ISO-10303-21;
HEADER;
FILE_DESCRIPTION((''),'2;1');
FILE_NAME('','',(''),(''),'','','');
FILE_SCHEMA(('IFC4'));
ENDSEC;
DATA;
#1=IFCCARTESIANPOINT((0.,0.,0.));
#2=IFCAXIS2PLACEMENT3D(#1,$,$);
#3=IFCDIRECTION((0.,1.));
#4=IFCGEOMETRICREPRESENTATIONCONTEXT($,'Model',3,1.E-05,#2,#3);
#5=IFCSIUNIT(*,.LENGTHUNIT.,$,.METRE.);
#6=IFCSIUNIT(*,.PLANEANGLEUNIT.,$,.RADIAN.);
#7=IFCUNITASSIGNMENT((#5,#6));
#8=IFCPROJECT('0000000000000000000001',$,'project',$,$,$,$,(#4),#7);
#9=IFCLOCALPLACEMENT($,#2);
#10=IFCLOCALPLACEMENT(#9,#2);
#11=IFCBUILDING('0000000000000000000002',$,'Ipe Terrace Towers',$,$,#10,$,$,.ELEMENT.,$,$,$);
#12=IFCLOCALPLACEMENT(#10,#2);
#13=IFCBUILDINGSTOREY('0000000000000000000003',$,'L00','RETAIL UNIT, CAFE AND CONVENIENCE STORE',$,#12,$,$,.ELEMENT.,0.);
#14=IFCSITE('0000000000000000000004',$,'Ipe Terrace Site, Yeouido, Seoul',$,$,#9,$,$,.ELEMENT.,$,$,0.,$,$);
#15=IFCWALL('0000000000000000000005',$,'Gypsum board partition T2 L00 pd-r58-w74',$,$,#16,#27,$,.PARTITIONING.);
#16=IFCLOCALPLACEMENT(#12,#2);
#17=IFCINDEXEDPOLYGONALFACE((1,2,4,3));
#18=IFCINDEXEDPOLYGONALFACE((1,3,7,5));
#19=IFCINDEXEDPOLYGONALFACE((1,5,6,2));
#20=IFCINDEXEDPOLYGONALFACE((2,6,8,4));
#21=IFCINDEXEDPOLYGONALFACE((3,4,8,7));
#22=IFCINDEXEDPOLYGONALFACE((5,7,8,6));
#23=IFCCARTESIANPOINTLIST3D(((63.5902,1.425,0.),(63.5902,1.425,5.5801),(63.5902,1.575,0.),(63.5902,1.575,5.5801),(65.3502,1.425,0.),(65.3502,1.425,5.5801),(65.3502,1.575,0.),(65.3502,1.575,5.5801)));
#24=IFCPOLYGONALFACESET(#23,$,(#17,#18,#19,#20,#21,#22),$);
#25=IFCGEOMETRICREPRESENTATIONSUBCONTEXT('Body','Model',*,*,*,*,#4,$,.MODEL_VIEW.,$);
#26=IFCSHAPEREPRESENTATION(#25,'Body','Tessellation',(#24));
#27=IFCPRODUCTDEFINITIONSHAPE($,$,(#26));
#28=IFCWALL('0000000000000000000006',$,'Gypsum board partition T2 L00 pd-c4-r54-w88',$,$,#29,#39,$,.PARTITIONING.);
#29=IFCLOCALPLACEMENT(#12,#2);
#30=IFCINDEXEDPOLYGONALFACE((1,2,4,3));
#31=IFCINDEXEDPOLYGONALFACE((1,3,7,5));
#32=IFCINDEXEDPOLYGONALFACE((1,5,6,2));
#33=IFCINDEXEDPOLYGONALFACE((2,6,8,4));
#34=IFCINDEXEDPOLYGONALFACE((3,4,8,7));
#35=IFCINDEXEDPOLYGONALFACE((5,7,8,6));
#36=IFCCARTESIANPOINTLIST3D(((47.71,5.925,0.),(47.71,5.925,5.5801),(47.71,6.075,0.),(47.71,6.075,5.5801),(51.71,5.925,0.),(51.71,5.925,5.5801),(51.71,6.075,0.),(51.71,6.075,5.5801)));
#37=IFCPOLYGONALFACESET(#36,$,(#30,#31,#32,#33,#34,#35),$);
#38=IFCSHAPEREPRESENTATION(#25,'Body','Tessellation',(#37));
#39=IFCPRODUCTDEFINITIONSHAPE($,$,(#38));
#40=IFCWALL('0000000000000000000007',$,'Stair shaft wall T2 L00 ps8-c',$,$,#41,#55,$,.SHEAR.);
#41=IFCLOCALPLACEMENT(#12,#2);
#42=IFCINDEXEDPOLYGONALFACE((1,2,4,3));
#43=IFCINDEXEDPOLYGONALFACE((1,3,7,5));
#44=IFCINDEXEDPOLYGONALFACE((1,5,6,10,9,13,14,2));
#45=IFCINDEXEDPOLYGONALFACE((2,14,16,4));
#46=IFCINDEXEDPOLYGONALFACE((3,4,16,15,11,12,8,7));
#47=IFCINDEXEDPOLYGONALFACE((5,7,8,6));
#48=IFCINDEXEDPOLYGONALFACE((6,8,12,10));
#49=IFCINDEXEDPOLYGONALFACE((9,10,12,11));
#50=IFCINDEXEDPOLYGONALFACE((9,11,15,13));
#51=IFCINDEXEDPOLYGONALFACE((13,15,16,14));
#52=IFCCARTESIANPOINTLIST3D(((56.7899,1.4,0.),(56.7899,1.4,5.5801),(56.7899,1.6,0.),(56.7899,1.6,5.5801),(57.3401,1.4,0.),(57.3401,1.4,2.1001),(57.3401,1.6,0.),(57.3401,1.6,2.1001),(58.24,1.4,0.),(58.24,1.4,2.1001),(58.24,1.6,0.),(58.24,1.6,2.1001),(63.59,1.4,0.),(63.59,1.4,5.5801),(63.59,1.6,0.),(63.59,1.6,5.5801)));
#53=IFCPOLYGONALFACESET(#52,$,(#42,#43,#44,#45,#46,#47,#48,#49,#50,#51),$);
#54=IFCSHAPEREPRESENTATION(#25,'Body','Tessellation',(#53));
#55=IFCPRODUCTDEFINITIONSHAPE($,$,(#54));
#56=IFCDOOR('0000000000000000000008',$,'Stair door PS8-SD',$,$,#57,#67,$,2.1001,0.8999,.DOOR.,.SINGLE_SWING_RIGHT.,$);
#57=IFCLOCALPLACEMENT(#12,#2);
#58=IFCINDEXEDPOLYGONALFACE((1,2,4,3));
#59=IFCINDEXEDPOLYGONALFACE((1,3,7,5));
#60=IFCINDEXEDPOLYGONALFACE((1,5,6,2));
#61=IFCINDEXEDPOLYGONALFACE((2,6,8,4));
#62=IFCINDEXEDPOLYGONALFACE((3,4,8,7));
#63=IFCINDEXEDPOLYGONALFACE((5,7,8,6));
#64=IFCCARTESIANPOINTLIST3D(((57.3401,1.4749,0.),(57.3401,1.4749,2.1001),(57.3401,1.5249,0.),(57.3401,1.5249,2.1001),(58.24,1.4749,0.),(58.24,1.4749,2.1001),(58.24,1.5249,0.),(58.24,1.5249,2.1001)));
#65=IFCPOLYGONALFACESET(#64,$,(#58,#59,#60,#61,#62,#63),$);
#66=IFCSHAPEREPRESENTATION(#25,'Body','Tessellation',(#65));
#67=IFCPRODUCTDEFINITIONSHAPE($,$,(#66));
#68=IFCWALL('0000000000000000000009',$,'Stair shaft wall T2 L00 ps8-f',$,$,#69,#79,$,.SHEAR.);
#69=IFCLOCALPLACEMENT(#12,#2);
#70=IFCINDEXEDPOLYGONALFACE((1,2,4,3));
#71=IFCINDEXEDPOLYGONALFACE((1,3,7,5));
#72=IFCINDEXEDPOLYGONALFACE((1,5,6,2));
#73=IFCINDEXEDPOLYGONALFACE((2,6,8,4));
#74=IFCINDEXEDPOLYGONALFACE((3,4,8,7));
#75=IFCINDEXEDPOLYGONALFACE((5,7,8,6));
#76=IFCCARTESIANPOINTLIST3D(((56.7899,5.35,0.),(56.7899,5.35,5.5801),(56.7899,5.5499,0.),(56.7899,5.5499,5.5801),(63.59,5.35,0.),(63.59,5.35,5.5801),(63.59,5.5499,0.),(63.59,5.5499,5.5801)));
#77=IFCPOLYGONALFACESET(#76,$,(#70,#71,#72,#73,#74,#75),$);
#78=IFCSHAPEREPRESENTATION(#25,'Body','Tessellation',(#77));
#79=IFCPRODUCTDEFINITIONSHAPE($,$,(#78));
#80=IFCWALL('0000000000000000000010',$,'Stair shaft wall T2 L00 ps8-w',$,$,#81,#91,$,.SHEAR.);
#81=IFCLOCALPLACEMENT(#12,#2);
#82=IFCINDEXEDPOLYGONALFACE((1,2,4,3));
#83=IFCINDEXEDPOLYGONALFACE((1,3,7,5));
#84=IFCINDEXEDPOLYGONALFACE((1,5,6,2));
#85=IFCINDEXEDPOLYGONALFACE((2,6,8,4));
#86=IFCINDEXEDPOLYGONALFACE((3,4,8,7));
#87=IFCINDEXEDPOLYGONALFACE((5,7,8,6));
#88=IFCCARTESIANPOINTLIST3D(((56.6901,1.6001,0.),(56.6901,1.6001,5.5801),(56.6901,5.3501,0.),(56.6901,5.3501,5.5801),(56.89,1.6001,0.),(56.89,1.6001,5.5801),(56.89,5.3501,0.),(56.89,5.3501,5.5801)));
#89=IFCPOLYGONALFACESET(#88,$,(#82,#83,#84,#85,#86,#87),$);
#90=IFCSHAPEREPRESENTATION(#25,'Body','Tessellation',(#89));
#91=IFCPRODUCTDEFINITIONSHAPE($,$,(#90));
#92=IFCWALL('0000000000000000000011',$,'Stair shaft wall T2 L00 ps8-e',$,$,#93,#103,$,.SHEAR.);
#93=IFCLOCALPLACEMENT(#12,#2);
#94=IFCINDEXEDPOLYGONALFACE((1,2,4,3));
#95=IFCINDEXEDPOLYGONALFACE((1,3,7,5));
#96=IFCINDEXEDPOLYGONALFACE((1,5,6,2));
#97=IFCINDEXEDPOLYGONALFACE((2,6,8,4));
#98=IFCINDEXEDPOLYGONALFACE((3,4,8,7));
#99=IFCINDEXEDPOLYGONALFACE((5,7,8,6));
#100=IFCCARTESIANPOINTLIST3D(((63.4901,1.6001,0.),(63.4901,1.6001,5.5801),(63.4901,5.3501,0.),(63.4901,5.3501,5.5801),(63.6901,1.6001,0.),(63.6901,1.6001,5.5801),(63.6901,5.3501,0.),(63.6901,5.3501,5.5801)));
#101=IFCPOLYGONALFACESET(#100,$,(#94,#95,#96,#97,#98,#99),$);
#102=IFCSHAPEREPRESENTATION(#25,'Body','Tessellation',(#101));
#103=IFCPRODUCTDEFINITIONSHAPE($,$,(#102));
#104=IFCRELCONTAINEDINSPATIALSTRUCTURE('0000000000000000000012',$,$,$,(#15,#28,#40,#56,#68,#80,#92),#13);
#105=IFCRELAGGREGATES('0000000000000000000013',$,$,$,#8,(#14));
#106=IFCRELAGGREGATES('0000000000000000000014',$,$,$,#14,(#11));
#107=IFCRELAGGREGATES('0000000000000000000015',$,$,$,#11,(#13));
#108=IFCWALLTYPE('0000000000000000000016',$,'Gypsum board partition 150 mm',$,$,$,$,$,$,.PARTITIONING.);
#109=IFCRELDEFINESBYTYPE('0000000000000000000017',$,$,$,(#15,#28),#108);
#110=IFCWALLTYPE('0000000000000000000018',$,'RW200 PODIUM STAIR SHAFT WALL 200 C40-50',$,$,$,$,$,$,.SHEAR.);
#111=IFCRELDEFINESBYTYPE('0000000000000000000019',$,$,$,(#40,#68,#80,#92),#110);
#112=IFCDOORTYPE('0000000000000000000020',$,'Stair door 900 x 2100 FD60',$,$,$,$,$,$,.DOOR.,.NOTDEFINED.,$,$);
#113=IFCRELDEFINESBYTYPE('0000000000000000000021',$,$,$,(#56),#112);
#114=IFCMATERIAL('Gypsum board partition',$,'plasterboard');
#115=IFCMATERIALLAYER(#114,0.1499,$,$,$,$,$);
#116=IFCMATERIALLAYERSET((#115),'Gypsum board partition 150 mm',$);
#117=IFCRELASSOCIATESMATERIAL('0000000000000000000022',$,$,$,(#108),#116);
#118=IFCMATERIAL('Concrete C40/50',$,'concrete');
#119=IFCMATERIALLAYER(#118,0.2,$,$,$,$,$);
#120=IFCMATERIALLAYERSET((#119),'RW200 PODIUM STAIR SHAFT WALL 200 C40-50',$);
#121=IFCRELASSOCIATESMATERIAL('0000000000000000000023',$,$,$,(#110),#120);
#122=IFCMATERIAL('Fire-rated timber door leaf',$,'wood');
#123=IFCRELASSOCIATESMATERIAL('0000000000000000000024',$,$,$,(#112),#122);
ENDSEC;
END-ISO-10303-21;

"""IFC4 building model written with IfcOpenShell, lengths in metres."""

from ifc_helpers import new_model, si_unit, direction, frame, frame_2d, origin, place, context, subcontext, project, spatial, rectangle, extrude, material, layer, layer_set, type_object, element, fill, save


model = new_model("IFC4")

# Units and contexts
model_context = context("Model", 3, precision=1e-05, world=origin(), true_north=direction((0.0, 1.0)))
body_context = subcontext(model_context, "Body", "Model", "MODEL_VIEW")
ifc_project = project(units=[si_unit("LENGTHUNIT", "METRE"), si_unit("PLANEANGLEUNIT", "RADIAN")], contexts=[model_context])

# Site, building, storey
site_placement = place(None, origin())
site = spatial("IfcSite", under=ifc_project, at=site_placement, Name="Ipe Terrace Site, Yeouido, Seoul", CompositionType="ELEMENT", RefElevation=0.0)
building_placement = place(site_placement, origin())
building = spatial("IfcBuilding", under=site, at=building_placement, Name="Ipe Terrace Towers", CompositionType="ELEMENT")
storey_placement = place(building_placement, origin())
storey = spatial("IfcBuildingStorey", under=building, at=storey_placement, Name="L00", Description="RETAIL UNIT, CAFE AND CONVENIENCE STORE", CompositionType="ELEMENT", Elevation=0.0)

# Shared definitions
ifc_material_1 = material(Name="Gypsum board partition", Category="plasterboard")
ifc_layer_1 = layer(ifc_material_1, 0.1499)
ifc_layer_set_1 = layer_set([ifc_layer_1], Name="Gypsum board partition 150 mm")
wall_type_1 = type_object("IfcWallType", Name="Gypsum board partition 150 mm", PredefinedType="PARTITIONING", material=ifc_layer_set_1)

# Walls
wall_1_placement = place(storey_placement, frame((65.3501, 1.5, 0.0), z_axis=(0.0, 0.0, 1.0), x_axis=(-1.0, 0.0, 0.0)))
element("IfcWall", 1, at=wall_1_placement, inside=storey, type_object=wall_type_1, Name="Gypsum board partition T2 L00 pd-r58-w74", PredefinedType="PARTITIONING", context=body_context, shape_type="SweptSolid", body=[
    extrude(rectangle(XDim=1.76, YDim=0.1499, at=frame_2d((0.8799, 0.0))), origin(), (0.0, 0.0, 1.0), 5.5801),
])
wall_2_placement = place(storey_placement, frame((51.71, 6.0, 0.0), z_axis=(0.0, 0.0, 1.0), x_axis=(-1.0, 0.0, 0.0)))
element("IfcWall", 2, at=wall_2_placement, inside=storey, type_object=wall_type_1, Name="Gypsum board partition T2 L00 pd-c4-r54-w88", PredefinedType="PARTITIONING", context=body_context, shape_type="SweptSolid", body=[
    extrude(rectangle(XDim=4.0, YDim=0.1499, at=frame_2d((2.0, 0.0))), origin(), (0.0, 0.0, 1.0), 5.5801),
])

# Wall, opening, door
ifc_material_2 = material(Name="Concrete C40/50", Category="concrete")
ifc_layer_2 = layer(ifc_material_2, 0.2)
ifc_layer_set_2 = layer_set([ifc_layer_2], Name="RW200 PODIUM STAIR SHAFT WALL 200 C40-50")
wall_type_2 = type_object("IfcWallType", Name="RW200 PODIUM STAIR SHAFT WALL 200 C40-50", PredefinedType="SHEAR", material=ifc_layer_set_2)
wall_3_placement = place(storey_placement, frame((56.79, 1.5, 0.0), z_axis=(0.0, 0.0, 1.0), x_axis=(1.0, 0.0, 0.0)))
wall_3 = element("IfcWall", 3, at=wall_3_placement, inside=storey, type_object=wall_type_2, Name="Stair shaft wall T2 L00 ps8-c", PredefinedType="SHEAR", context=body_context, shape_type="SweptSolid", body=[
    extrude(rectangle(XDim=6.8, YDim=0.2, at=frame_2d((3.3999, 0.0))), origin(), (0.0, 0.0, 1.0), 5.5801),
])
opening_1_placement = place(wall_3_placement, frame((0.55, 0.0, 0.0)))
opening_1 = element("IfcOpeningElement", 4, at=opening_1_placement, cuts=wall_3, PredefinedType="OPENING", context=body_context, shape_type="SweptSolid", body=[
    extrude(rectangle(XDim=0.8999, YDim=2.1001, at=frame_2d((0.45, 1.05))), frame((0.0, 0.1099, 0.0), z_axis=(0.0, -1.0, 0.0), x_axis=(1.0, 0.0, 0.0)), (0.0, 0.0, 1.0), 0.22),
])
ifc_material_3 = material(Name="Fire-rated timber door leaf", Category="wood")
door_type_1 = type_object("IfcDoorType", Name="Stair door 900 x 2100 FD60", OperationType="NOTDEFINED", PredefinedType="DOOR", material=ifc_material_3)
door_1_placement = place(opening_1_placement, origin())
door_1 = element("IfcDoor", 5, at=door_1_placement, inside=storey, type_object=door_type_1, Name="Stair door PS8-SD", OperationType="SINGLE_SWING_RIGHT", OverallHeight=2.1001, OverallWidth=0.8999, PredefinedType="DOOR", context=body_context, shape_type="SweptSolid", body=[
    extrude(rectangle(XDim=0.8999, YDim=2.1001, at=frame_2d((0.45, 1.05))), frame((0.0, 0.0249, 0.0), z_axis=(0.0, -1.0, 0.0), x_axis=(1.0, 0.0, 0.0)), (0.0, 0.0, 1.0), 0.05),
])
fill(opening_1, door_1)

# Walls
wall_4_placement = place(storey_placement, frame((56.79, 5.45, 0.0), z_axis=(0.0, 0.0, 1.0), x_axis=(1.0, 0.0, 0.0)))
element("IfcWall", 6, at=wall_4_placement, inside=storey, type_object=wall_type_2, Name="Stair shaft wall T2 L00 ps8-f", PredefinedType="SHEAR", context=body_context, shape_type="SweptSolid", body=[
    extrude(rectangle(XDim=6.8, YDim=0.2, at=frame_2d((3.3999, 0.0))), origin(), (0.0, 0.0, 1.0), 5.5801),
])
for number, where, z_axis, x_axis, name in (
    (7, (56.79, 1.6001, 0.0), (0.0, 0.0, 1.0), (0.0, 1.0, 0.0), "Stair shaft wall T2 L00 ps8-w"),
    (8, (63.5901, 1.6001, 0.0), (0.0, 0.0, 1.0), (0.0, 1.0, 0.0), "Stair shaft wall T2 L00 ps8-e"),
):
    element("IfcWall", number, at=place(storey_placement, frame(where, z_axis=z_axis, x_axis=x_axis)), inside=storey, type_object=wall_type_2, Name=name, PredefinedType="SHEAR", context=body_context, shape_type="SweptSolid", body=[
        extrude(rectangle(XDim=3.75, YDim=0.2, at=frame_2d((1.875, 0.0))), origin(), (0.0, 0.0, 1.0), 5.5801),
    ])

save(model, "model.ifc")
